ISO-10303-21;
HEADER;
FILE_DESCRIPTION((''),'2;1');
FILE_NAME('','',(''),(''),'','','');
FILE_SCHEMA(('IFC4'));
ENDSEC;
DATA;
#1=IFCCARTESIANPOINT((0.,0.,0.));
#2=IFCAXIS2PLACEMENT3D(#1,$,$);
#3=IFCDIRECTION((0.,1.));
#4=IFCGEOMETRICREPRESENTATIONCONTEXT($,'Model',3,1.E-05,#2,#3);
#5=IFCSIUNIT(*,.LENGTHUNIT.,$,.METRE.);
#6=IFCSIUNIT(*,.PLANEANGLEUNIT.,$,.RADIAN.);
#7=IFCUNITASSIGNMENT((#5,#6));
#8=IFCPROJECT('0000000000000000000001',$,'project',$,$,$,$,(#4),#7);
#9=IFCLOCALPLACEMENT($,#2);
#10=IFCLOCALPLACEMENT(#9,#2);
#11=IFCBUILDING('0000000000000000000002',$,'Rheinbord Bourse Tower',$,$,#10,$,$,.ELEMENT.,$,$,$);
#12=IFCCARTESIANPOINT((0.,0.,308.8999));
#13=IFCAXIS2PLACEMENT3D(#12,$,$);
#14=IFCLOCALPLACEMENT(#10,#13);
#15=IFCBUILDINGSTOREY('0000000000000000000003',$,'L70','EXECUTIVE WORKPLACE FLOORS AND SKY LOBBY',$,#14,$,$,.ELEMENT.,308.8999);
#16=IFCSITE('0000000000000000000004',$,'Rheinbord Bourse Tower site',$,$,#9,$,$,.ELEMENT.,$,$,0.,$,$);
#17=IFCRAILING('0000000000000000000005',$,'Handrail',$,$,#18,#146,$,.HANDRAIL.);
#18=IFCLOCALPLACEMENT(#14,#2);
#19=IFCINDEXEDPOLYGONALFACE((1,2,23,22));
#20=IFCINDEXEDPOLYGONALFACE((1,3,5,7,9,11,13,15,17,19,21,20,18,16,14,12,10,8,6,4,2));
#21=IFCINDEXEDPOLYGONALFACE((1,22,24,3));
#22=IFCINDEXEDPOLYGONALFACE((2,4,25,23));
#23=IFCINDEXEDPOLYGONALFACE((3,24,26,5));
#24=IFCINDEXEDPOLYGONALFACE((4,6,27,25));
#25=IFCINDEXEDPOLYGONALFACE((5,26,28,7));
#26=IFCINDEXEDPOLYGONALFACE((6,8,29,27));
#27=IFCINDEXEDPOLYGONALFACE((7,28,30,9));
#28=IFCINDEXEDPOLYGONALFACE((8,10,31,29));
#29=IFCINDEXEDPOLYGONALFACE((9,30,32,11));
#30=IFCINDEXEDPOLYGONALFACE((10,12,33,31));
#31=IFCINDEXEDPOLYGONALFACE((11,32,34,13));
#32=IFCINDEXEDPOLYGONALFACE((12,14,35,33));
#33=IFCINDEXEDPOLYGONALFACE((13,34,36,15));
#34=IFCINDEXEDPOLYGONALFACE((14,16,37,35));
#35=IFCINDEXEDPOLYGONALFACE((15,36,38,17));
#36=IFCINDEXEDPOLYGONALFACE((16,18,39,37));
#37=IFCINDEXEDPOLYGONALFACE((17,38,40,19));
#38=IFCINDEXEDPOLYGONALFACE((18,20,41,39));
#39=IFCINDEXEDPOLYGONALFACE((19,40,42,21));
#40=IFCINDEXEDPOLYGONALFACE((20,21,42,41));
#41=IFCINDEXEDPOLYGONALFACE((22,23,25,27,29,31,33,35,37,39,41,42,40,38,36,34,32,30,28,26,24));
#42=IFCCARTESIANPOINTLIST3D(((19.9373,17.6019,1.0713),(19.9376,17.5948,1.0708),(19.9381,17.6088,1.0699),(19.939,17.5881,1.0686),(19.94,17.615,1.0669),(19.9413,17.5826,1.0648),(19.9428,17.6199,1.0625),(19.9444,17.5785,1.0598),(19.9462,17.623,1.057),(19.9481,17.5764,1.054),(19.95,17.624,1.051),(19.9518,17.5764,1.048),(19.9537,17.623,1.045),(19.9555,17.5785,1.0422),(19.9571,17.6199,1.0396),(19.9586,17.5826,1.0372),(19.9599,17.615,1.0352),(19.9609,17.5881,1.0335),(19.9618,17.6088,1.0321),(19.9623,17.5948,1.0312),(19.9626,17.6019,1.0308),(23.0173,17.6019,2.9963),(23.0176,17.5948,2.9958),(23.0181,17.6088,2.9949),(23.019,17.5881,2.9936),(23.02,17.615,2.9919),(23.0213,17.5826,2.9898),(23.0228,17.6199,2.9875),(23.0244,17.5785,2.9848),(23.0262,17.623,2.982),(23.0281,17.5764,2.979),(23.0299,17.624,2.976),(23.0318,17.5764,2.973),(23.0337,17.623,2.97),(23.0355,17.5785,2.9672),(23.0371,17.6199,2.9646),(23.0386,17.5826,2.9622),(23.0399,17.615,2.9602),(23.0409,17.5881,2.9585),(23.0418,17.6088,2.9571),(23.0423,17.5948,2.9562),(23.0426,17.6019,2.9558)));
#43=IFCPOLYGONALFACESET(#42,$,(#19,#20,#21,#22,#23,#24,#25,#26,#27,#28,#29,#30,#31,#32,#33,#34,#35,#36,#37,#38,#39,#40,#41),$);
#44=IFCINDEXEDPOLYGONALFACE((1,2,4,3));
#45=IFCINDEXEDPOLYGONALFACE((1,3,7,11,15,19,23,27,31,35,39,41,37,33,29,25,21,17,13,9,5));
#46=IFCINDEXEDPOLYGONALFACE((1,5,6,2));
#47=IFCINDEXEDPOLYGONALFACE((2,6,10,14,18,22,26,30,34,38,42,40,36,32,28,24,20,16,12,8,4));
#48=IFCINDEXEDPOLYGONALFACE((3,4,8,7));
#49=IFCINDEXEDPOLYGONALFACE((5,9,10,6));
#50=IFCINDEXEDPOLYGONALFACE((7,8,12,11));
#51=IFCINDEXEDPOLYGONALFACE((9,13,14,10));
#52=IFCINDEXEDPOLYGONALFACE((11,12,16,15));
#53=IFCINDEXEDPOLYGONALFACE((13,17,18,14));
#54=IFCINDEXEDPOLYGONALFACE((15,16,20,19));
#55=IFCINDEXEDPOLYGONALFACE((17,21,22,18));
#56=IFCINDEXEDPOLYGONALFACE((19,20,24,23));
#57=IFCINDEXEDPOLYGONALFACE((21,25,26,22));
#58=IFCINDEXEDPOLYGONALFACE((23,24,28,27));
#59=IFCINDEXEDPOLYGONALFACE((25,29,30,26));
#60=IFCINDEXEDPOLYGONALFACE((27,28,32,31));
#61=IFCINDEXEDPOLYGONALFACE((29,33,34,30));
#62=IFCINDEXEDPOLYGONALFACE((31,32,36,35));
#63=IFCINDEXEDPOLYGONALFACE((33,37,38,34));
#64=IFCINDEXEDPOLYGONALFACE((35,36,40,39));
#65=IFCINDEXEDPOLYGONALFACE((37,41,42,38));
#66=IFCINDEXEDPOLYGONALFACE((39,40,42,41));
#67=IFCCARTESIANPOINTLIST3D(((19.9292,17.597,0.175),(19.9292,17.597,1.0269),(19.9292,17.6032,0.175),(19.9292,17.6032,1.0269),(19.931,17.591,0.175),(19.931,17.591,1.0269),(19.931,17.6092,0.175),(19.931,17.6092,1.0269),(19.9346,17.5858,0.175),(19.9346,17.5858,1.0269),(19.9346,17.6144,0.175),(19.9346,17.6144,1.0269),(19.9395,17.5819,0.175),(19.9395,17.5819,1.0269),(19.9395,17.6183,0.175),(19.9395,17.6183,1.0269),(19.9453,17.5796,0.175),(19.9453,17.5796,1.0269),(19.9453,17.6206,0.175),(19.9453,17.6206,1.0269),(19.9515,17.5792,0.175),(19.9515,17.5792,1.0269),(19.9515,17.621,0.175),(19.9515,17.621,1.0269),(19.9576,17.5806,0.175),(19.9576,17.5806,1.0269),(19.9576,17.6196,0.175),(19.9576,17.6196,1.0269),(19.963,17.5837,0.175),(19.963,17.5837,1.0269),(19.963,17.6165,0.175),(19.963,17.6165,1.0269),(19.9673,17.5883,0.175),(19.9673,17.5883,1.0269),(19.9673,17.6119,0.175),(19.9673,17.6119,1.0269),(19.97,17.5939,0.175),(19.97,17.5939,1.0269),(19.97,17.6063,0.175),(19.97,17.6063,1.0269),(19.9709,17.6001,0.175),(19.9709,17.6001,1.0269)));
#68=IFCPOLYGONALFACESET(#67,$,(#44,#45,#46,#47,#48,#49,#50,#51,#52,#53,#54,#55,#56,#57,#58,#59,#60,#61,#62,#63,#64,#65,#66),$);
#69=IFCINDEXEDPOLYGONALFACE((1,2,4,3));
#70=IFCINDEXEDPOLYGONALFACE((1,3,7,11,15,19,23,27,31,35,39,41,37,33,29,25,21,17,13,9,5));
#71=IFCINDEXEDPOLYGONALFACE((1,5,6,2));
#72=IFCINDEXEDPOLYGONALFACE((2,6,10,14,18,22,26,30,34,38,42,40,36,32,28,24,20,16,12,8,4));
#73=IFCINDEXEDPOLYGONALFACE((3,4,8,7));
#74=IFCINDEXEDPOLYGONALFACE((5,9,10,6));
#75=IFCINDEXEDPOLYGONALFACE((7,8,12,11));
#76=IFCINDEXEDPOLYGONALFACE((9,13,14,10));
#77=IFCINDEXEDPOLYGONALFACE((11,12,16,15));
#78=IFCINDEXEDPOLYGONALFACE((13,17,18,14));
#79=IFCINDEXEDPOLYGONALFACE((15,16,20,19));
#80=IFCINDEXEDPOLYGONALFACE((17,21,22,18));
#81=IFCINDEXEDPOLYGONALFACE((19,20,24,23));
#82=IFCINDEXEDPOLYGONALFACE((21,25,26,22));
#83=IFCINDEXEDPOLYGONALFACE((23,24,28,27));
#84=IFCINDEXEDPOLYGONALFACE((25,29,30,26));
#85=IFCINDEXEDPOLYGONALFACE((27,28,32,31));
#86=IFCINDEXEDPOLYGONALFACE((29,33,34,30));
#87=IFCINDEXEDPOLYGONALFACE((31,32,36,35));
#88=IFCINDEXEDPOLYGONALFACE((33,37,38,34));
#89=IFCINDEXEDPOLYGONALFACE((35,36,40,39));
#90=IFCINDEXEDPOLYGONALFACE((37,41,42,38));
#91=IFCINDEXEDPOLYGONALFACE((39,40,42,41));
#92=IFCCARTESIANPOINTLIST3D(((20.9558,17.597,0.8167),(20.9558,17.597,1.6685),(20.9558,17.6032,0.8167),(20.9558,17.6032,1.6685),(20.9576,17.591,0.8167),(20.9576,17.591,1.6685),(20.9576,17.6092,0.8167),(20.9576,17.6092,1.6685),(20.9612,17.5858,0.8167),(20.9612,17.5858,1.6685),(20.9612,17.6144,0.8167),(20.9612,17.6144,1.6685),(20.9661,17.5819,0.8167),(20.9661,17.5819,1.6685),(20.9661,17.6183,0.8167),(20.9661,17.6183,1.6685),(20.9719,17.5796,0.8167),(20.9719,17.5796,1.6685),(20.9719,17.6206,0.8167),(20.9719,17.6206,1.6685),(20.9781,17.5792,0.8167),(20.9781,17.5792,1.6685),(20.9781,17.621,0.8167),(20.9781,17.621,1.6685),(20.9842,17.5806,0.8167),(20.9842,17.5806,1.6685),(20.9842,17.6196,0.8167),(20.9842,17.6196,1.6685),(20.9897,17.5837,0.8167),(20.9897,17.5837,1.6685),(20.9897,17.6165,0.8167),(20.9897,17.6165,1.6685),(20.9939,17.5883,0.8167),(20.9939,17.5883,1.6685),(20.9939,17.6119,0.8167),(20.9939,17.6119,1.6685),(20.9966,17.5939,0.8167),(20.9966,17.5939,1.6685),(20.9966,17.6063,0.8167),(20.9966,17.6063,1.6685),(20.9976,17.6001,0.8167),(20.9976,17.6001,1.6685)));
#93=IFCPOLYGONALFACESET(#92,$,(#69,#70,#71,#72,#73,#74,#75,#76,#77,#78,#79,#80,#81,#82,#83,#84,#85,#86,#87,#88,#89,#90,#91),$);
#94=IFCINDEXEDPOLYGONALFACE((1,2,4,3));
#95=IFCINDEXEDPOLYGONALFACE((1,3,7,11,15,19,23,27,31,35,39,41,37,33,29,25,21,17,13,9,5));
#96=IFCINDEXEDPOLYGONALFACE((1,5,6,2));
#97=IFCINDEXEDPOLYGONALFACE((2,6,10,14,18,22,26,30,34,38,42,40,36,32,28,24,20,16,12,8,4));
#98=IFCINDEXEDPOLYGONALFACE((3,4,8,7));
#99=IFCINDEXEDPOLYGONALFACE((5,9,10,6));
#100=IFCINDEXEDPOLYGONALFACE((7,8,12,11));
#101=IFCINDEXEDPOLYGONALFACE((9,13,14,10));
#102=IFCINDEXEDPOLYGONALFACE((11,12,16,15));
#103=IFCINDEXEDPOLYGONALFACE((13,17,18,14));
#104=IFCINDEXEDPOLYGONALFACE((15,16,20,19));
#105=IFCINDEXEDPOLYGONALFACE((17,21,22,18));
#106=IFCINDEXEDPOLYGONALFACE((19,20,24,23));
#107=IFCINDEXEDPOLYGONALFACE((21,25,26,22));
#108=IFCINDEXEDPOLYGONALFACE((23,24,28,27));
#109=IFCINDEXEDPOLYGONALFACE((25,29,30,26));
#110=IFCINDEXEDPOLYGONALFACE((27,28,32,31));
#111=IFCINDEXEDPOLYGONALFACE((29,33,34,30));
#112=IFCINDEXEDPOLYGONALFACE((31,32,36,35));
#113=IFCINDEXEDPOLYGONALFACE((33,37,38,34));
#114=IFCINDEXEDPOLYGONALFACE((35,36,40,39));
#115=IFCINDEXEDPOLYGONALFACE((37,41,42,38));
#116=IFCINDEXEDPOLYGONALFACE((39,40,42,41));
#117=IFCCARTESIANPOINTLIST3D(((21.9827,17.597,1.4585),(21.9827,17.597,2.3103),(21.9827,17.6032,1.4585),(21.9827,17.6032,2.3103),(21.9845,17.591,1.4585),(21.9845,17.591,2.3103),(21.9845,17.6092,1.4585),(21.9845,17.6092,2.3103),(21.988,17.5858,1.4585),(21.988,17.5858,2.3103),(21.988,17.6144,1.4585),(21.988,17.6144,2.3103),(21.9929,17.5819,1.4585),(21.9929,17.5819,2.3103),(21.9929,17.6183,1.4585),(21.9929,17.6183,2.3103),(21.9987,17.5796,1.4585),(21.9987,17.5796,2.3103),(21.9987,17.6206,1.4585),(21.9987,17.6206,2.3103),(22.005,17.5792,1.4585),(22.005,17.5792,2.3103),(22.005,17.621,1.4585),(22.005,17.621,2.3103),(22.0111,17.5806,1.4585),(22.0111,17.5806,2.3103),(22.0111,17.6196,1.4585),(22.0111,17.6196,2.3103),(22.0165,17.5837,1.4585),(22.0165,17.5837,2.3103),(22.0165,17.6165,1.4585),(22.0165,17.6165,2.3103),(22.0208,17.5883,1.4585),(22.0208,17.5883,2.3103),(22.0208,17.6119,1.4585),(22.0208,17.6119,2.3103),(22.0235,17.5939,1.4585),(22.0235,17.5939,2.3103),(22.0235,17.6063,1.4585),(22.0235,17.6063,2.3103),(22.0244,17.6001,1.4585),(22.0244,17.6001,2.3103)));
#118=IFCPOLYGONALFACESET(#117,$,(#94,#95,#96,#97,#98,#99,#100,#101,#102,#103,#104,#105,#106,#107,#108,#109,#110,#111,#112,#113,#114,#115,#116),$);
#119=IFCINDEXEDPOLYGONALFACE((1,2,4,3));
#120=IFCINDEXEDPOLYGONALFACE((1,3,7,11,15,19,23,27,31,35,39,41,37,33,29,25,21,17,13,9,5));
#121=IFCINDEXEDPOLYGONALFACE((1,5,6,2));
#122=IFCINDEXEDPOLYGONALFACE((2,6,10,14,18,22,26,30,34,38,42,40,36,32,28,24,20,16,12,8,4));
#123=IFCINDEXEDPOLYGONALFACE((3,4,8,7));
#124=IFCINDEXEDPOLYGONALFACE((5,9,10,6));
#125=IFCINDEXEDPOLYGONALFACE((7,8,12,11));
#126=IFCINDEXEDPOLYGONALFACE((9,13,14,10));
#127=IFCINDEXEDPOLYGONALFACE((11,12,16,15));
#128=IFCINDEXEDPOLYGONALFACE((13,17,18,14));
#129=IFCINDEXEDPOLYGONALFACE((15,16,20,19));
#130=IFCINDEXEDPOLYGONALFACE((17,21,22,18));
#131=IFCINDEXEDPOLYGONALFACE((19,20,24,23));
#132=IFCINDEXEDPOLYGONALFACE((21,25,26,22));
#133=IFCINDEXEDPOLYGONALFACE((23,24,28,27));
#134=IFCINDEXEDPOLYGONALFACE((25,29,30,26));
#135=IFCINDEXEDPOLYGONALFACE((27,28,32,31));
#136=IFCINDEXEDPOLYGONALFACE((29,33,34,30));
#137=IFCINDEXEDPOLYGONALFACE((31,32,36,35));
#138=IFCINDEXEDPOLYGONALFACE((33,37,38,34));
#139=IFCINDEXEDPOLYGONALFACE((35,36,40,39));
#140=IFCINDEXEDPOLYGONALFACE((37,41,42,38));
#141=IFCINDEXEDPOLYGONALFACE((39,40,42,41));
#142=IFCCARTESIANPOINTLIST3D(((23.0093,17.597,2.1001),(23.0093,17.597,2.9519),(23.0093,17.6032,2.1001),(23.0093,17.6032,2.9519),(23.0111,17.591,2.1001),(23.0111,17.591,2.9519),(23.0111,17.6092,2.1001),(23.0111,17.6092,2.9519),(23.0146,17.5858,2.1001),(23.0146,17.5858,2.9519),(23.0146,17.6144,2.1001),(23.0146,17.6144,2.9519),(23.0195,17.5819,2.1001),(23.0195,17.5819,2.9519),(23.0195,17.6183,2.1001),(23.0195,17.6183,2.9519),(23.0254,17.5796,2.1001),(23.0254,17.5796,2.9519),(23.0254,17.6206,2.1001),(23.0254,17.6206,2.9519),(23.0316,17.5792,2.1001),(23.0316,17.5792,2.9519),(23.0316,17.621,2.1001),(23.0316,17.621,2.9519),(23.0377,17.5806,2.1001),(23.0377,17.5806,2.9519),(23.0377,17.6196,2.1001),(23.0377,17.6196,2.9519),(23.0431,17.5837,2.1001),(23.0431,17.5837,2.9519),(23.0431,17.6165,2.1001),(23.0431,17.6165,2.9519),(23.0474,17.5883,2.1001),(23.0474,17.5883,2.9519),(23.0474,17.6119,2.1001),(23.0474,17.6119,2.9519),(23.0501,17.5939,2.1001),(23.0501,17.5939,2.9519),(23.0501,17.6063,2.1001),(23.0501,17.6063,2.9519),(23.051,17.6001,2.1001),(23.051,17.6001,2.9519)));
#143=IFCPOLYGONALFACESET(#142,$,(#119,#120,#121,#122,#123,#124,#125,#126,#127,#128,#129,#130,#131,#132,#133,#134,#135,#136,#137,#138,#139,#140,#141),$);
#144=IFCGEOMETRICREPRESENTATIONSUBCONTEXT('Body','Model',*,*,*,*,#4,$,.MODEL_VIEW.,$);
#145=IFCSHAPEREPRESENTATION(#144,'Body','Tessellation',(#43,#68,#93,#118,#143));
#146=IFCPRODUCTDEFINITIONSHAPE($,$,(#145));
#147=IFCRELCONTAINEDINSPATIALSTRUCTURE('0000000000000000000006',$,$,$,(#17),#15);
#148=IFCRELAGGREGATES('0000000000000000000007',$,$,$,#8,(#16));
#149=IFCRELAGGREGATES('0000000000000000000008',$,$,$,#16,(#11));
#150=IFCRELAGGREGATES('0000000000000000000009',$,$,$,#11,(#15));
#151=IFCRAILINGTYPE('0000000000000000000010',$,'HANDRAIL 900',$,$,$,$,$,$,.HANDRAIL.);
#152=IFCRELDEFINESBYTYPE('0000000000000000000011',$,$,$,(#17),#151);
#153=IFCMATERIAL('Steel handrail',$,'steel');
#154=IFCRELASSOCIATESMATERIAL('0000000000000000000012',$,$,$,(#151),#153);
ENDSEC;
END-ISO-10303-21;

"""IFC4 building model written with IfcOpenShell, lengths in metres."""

from ifc_helpers import new_model, si_unit, direction, frame, origin, origin_2d, place, context, subcontext, project, spatial, circle, extrude, material, type_object, element, save


model = new_model("IFC4")

# Units and contexts
model_context = context("Model", 3, precision=1e-05, world=origin(), true_north=direction((0.0, 1.0)))
body_context = subcontext(model_context, "Body", "Model", "MODEL_VIEW")
ifc_project = project(units=[si_unit("LENGTHUNIT", "METRE"), si_unit("PLANEANGLEUNIT", "RADIAN")], contexts=[model_context])

# Site, building, storey
site_placement = place(None, origin())
site = spatial("IfcSite", under=ifc_project, at=site_placement, Name="Rheinbord Bourse Tower site", CompositionType="ELEMENT", RefElevation=0.0)
building_placement = place(site_placement, origin())
building = spatial("IfcBuilding", under=site, at=building_placement, Name="Rheinbord Bourse Tower", CompositionType="ELEMENT")
storey_placement = place(building_placement, frame((0.0, 0.0, 308.8999)))
storey = spatial("IfcBuildingStorey", under=building, at=storey_placement, Name="L70", Description="EXECUTIVE WORKPLACE FLOORS AND SKY LOBBY", CompositionType="ELEMENT", Elevation=308.8999)

# Railing
ifc_material_1 = material(Name="Steel handrail", Category="steel")
railing_type = type_object("IfcRailingType", Name="HANDRAIL 900", PredefinedType="HANDRAIL", material=ifc_material_1)
railing_1_placement = place(storey_placement, frame((19.95, 17.6001, 0.175)))
element("IfcRailing", 1, at=railing_1_placement, inside=storey, type_object=railing_type, Name="Handrail", PredefinedType="HANDRAIL", context=body_context, shape_type="SweptSolid", body=[
    extrude(circle(Radius=0.0239, at=origin_2d()), frame((0.0, 0.0, 0.876), z_axis=(0.847998, 0.0, 0.529999), x_axis=(0.0, 1.0, 0.0)), (0.0, 0.0, 1.0), 3.6321),
    extrude(circle(Radius=0.021, at=origin_2d()), origin(), (0.0, 0.0, 1.0), 0.8518),
    extrude(circle(Radius=0.021, at=origin_2d()), frame((1.0266, 0.0, 0.6416)), (0.0, 0.0, 1.0), 0.8518),
    extrude(circle(Radius=0.021, at=origin_2d()), frame((2.0535, 0.0, 1.2834)), (0.0, 0.0, 1.0), 0.8518),
    extrude(circle(Radius=0.021, at=origin_2d()), frame((3.0801, 0.0, 1.925)), (0.0, 0.0, 1.0), 0.8518),
])

save(model, "model.ifc")
